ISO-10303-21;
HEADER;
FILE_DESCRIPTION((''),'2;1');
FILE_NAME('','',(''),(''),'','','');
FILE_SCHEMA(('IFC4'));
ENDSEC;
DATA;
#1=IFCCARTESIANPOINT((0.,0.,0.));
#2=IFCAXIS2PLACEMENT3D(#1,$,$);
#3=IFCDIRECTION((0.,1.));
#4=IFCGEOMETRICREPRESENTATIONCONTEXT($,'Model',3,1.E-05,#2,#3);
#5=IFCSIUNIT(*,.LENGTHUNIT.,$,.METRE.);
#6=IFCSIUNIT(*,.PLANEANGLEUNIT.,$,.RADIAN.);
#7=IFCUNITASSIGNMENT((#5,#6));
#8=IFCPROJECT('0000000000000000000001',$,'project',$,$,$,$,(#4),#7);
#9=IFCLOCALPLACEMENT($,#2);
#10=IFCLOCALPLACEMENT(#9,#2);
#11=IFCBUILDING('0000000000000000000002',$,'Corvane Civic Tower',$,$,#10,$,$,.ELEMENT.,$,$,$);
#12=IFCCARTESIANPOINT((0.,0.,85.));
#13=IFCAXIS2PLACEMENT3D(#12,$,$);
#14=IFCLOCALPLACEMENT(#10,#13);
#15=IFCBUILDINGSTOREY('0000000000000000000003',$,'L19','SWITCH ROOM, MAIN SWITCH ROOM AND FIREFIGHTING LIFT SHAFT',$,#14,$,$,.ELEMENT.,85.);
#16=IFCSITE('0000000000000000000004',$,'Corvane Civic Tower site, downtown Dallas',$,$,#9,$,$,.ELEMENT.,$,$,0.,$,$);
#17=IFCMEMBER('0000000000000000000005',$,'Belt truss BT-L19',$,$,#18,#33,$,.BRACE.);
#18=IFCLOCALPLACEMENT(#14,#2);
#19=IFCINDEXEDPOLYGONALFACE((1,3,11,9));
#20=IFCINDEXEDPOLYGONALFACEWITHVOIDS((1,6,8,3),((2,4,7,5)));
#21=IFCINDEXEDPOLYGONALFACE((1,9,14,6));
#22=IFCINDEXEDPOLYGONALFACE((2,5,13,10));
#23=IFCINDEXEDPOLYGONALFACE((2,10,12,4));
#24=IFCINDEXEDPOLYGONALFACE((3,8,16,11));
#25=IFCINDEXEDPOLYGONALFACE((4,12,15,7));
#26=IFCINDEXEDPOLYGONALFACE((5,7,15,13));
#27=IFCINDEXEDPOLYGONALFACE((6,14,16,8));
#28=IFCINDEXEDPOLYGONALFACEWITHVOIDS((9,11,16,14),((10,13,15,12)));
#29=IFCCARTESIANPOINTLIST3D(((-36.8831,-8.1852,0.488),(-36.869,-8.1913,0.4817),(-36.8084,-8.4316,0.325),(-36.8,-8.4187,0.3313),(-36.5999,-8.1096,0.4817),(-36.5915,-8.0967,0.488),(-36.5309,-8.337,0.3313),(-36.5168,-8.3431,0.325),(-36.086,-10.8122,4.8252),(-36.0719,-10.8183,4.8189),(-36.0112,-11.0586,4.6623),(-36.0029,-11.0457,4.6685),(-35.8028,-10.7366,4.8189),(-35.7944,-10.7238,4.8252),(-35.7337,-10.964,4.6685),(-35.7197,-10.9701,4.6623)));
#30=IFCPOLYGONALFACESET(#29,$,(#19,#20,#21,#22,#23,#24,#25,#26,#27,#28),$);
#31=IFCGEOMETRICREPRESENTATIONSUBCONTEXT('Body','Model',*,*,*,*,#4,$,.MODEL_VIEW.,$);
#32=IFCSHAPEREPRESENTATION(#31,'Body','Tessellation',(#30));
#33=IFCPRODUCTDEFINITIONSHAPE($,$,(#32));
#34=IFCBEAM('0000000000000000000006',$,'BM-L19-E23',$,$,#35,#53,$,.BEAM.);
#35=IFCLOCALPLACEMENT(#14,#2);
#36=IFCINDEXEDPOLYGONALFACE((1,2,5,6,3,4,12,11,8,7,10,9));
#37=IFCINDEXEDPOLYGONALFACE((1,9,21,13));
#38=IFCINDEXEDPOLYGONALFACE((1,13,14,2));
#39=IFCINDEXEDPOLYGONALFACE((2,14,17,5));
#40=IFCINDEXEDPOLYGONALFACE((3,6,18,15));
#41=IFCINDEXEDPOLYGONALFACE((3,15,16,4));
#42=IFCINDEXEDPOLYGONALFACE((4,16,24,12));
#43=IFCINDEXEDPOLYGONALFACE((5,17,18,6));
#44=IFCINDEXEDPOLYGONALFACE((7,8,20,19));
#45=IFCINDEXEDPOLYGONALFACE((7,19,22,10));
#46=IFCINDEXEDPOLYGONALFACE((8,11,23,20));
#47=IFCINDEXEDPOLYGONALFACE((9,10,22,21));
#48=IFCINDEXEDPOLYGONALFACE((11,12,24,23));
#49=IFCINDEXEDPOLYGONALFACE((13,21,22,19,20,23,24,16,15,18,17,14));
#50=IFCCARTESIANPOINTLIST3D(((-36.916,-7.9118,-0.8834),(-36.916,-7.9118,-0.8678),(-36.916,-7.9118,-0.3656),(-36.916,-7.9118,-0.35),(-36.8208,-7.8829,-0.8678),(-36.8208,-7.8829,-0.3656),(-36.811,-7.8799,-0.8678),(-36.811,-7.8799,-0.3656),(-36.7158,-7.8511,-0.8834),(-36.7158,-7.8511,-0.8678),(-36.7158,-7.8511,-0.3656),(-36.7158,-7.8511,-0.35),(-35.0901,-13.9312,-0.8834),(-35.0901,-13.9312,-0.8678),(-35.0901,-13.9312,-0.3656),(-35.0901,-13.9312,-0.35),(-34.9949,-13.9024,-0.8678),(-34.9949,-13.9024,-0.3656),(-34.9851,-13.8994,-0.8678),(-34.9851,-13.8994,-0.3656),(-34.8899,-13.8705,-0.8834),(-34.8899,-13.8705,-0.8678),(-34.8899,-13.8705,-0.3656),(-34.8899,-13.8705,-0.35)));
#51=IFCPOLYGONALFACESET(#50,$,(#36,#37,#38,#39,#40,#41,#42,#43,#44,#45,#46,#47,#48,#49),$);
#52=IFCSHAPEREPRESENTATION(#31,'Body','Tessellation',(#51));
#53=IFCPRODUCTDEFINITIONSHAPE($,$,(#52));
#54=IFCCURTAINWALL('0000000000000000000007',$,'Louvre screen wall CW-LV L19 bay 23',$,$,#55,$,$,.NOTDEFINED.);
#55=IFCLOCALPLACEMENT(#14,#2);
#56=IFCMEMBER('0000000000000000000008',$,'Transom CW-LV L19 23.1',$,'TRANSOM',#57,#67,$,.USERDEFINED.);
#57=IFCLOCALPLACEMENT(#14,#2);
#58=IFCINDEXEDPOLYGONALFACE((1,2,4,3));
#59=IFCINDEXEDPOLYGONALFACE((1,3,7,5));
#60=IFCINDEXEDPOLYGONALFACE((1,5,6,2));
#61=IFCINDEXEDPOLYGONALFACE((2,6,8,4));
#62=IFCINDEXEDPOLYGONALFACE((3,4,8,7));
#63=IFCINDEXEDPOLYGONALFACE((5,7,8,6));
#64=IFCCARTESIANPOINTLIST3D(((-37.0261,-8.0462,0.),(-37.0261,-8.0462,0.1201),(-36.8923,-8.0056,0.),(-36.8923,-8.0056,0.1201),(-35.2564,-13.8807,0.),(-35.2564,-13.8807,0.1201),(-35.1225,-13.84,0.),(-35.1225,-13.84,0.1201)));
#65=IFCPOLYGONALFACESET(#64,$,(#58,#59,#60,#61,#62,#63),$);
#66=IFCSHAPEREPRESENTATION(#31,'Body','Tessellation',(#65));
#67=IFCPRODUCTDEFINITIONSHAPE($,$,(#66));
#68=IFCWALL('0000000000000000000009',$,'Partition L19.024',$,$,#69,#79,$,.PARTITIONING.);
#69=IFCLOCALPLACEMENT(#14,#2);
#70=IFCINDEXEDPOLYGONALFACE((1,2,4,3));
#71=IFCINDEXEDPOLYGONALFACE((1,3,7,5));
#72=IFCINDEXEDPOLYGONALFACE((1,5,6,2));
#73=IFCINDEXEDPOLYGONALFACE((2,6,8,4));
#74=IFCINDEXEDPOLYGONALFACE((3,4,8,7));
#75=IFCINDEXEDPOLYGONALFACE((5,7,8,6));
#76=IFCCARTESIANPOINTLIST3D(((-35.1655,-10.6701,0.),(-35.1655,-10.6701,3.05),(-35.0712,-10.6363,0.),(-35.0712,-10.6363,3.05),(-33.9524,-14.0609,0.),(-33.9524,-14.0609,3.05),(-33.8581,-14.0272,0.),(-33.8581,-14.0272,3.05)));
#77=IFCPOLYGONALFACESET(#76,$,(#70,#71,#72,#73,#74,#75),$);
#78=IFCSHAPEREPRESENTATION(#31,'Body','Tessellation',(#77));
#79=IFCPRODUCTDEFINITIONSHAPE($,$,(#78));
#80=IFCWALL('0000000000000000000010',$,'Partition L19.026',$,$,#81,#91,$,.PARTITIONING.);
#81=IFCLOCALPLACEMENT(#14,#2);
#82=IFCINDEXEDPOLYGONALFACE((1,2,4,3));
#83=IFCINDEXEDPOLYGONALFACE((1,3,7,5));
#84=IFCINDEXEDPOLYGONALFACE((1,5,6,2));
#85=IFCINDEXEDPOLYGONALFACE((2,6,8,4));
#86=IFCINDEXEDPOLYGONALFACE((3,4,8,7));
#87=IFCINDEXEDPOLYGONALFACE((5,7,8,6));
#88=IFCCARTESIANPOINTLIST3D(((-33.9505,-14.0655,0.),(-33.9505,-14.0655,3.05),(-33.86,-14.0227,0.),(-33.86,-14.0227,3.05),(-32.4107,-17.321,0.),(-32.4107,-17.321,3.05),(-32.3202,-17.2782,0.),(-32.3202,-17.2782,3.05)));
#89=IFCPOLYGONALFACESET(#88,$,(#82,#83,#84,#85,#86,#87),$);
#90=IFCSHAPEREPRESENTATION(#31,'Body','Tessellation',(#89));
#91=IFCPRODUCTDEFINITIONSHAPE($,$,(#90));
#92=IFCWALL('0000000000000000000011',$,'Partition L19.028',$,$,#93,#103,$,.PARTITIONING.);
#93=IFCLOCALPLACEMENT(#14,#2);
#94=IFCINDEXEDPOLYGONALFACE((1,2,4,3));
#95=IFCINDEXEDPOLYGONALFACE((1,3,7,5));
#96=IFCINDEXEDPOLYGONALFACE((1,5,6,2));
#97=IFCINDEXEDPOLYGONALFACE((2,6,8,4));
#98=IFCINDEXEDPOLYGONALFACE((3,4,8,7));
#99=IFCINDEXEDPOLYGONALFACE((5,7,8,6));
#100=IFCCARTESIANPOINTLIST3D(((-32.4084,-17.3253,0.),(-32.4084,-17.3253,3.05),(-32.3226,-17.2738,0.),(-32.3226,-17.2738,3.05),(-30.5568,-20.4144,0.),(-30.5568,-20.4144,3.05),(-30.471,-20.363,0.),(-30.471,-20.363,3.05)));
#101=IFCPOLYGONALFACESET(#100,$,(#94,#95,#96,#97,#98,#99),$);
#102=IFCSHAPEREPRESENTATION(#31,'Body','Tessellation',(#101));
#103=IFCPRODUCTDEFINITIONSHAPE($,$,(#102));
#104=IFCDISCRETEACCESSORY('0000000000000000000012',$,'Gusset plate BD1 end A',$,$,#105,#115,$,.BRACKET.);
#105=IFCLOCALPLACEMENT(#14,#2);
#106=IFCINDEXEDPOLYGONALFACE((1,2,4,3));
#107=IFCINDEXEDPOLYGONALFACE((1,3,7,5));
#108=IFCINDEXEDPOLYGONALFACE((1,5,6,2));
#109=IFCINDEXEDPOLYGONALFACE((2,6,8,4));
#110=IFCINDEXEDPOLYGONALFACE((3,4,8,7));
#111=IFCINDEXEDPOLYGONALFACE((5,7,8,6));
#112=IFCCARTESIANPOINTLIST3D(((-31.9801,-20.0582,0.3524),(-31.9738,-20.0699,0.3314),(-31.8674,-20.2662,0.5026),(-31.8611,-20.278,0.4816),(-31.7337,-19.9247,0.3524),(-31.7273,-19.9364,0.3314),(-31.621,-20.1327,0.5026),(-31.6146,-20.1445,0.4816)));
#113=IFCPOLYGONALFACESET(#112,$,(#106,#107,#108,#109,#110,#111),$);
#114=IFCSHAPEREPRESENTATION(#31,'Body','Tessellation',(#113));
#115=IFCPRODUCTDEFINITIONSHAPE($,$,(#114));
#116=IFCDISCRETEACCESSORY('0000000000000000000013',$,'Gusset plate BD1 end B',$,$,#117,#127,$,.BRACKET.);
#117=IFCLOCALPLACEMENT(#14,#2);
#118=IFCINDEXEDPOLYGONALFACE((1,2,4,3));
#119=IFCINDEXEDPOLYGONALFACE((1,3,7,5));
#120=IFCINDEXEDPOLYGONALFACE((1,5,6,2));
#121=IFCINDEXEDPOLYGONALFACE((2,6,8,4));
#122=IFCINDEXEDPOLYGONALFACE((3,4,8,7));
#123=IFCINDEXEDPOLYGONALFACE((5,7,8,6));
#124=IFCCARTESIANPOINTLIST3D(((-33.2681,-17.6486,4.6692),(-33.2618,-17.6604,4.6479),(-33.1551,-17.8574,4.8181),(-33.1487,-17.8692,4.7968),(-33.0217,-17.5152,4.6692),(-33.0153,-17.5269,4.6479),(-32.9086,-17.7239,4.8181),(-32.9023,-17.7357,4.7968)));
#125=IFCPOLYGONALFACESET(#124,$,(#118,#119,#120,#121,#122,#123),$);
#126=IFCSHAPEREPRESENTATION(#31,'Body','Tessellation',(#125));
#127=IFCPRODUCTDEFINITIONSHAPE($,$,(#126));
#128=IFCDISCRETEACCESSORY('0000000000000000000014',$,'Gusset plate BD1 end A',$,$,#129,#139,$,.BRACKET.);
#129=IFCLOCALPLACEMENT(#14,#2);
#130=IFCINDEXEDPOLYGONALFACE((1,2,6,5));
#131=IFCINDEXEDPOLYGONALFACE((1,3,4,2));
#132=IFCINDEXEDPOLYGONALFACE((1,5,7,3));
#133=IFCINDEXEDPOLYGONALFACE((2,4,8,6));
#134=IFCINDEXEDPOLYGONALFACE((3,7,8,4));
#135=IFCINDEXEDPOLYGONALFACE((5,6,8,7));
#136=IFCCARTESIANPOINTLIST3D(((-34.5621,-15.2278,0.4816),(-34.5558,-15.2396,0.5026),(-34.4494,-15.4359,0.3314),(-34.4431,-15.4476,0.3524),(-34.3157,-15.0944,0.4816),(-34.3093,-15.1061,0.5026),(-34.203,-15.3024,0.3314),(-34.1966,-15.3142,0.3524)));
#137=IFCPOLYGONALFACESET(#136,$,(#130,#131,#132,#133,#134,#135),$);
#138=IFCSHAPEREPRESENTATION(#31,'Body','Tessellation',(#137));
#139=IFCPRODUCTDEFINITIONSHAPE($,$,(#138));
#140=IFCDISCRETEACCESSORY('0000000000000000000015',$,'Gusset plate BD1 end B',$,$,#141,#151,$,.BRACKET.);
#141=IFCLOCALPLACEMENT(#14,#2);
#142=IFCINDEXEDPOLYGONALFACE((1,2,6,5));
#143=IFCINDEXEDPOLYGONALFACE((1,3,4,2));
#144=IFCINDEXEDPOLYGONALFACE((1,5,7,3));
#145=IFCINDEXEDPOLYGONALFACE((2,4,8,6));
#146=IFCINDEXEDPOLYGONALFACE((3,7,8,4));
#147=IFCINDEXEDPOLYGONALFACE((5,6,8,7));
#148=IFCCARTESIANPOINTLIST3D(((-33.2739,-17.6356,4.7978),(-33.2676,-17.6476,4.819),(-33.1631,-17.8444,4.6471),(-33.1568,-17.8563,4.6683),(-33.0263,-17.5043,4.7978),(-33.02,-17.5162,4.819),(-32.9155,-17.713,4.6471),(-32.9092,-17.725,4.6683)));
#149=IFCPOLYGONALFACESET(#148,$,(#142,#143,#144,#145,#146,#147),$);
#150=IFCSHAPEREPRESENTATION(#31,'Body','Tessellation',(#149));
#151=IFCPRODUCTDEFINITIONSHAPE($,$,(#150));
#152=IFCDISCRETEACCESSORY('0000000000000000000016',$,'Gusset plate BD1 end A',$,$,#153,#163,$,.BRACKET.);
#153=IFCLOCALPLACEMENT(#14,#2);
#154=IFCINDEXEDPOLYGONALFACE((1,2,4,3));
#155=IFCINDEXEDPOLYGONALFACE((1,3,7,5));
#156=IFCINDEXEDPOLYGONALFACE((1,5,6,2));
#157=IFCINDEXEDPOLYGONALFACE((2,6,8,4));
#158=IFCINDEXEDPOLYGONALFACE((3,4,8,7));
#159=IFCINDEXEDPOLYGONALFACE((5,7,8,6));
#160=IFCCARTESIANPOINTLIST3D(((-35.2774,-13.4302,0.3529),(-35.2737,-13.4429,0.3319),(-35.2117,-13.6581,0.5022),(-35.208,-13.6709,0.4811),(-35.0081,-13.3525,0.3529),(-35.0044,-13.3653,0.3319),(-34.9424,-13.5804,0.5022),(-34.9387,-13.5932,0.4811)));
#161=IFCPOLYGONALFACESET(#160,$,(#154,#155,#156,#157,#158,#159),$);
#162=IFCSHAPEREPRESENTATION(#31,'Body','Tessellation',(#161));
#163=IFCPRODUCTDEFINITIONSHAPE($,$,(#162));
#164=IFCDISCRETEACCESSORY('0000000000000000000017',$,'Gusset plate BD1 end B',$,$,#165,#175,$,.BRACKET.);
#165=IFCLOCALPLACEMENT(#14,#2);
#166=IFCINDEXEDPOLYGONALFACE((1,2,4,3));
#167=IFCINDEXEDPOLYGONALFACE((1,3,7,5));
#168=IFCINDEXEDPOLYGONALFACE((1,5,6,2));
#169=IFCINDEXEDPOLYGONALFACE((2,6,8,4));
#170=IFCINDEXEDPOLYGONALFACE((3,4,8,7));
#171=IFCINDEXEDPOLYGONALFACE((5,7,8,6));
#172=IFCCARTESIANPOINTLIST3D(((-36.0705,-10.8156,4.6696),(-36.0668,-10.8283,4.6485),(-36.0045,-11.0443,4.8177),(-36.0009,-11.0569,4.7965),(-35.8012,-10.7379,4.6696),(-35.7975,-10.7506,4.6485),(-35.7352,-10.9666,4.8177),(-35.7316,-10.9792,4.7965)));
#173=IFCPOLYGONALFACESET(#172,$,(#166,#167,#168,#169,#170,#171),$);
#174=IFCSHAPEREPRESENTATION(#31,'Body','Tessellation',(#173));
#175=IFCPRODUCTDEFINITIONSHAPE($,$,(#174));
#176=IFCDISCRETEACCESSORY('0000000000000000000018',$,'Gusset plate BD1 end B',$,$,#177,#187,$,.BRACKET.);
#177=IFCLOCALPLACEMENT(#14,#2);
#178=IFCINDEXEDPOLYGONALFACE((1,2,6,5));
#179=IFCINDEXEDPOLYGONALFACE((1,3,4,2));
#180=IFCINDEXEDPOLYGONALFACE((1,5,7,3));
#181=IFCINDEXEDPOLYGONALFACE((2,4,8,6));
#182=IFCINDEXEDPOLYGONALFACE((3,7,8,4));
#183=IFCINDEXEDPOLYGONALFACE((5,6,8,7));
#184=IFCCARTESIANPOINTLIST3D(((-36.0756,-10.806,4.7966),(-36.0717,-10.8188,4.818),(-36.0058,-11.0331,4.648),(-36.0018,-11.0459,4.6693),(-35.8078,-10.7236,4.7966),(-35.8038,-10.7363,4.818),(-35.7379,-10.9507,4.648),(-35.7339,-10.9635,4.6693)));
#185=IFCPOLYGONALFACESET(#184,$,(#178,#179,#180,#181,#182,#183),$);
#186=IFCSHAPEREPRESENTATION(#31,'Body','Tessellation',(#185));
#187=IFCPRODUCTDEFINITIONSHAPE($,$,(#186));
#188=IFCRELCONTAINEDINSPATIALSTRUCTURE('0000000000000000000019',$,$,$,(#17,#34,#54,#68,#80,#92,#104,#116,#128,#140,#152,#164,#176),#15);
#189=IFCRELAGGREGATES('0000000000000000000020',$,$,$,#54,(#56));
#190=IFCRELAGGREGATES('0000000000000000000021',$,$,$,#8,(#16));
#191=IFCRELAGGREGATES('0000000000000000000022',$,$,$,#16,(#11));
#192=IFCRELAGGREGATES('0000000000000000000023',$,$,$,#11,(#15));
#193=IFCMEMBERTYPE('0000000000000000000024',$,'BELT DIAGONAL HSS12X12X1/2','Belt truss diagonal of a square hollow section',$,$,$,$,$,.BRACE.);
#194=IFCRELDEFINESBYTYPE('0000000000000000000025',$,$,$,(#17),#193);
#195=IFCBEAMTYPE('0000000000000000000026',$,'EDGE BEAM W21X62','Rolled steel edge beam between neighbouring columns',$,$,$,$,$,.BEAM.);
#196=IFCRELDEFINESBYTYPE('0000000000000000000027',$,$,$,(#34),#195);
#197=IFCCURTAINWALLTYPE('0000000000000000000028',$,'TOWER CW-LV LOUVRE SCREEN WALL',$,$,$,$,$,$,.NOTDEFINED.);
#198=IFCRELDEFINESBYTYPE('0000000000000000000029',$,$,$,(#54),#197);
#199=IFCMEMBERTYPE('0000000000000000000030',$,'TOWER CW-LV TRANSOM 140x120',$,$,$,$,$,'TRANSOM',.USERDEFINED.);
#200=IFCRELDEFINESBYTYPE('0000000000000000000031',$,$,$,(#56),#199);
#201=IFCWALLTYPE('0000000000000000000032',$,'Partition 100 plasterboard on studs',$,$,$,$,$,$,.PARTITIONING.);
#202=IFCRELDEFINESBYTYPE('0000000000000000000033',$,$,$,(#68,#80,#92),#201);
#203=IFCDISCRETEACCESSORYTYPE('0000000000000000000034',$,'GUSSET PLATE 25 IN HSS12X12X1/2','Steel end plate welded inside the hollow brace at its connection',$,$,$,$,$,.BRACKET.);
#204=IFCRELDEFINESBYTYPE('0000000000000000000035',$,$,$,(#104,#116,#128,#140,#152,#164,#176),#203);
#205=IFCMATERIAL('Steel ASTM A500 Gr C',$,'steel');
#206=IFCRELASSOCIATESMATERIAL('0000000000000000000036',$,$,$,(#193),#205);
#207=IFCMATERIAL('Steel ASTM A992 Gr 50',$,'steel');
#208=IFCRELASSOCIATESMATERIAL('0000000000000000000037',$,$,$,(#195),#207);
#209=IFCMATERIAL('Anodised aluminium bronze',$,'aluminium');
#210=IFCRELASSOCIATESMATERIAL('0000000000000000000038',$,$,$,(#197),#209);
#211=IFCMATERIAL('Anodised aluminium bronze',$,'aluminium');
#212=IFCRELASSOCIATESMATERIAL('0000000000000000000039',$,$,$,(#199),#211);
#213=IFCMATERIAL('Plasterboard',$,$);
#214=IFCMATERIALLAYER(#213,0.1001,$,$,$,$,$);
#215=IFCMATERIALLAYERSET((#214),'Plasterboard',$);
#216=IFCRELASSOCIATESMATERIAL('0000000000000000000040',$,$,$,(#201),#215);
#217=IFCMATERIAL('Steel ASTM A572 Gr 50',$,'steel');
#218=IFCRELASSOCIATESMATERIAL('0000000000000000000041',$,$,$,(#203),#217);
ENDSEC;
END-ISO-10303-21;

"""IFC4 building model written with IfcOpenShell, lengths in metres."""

from ifc_helpers import new_model, si_unit, direction, frame, frame_2d, origin, origin_2d, place, context, subcontext, project, spatial, rectangle, hollow_rectangle, i_section, extrude, material, layer, layer_set, material_profile, profile_set, type_object, element, aggregate, save


model = new_model("IFC4")

# Units and contexts
model_context = context("Model", 3, precision=1e-05, world=origin(), true_north=direction((0.0, 1.0)))
body_context = subcontext(model_context, "Body", "Model", "MODEL_VIEW")
ifc_project = project(units=[si_unit("LENGTHUNIT", "METRE"), si_unit("PLANEANGLEUNIT", "RADIAN")], contexts=[model_context])

# Site, building, storey
site_placement = place(None, origin())
site = spatial("IfcSite", under=ifc_project, at=site_placement, Name="Corvane Civic Tower site, downtown Dallas", CompositionType="ELEMENT", RefElevation=0.0)
building_placement = place(site_placement, origin())
building = spatial("IfcBuilding", under=site, at=building_placement, Name="Corvane Civic Tower", CompositionType="ELEMENT")
storey_placement = place(building_placement, frame((0.0, 0.0, 85.0)))
storey = spatial("IfcBuildingStorey", under=building, at=storey_placement, Name="L19", Description="SWITCH ROOM, MAIN SWITCH ROOM AND FIREFIGHTING LIFT SHAFT", CompositionType="ELEMENT", Elevation=85.0)

# Member
ifc_material_1 = material(Name="Steel ASTM A500 Gr C", Category="steel")
ifc_material_profile_1 = material_profile(ifc_material_1, hollow_rectangle(XDim=0.3047, YDim=0.3047, WallThickness=0.0117, at=origin_2d()), Name="HSS12X12X1/2")
ifc_profile_set_1 = profile_set([ifc_material_profile_1], Name="Steel ASTM A500 Gr C")
member_type_1 = type_object("IfcMemberType", Name="BELT DIAGONAL HSS12X12X1/2", Description="Belt truss diagonal of a square hollow section", PredefinedType="BRACE", material=ifc_profile_set_1)
member_1_placement = place(storey_placement, frame((-36.7, -8.2642, 0.4065), z_axis=(0.155294, -0.511782, 0.844963), x_axis=(0.956916, 0.290365, 0.0)))
element("IfcMember", 1, at=member_1_placement, inside=storey, type_object=member_type_1, Name="Belt truss BT-L19", PredefinedType="BRACE", context=body_context, shape_type="SweptSolid", body=[
    extrude(hollow_rectangle(XDim=0.3047, YDim=0.3047, WallThickness=0.0117, at=origin_2d()), origin(), (0.0, 0.0, 1.0), 5.1331),
])

# Beam
ifc_material_2 = material(Name="Steel ASTM A992 Gr 50", Category="steel")
ifc_material_profile_2 = material_profile(ifc_material_2, i_section(OverallWidth=0.2092, OverallDepth=0.5334, WebThickness=0.0103, FlangeThickness=0.0156, at=origin_2d()), Name="W21X62")
ifc_profile_set_2 = profile_set([ifc_material_profile_2], Name="Steel ASTM A992 Gr 50")
beam_type = type_object("IfcBeamType", Name="EDGE BEAM W21X62", Description="Rolled steel edge beam between neighbouring columns", PredefinedType="BEAM", material=ifc_profile_set_2)
beam_placement = place(storey_placement, frame((-34.99, -13.9009, -0.6167), z_axis=(-0.290273, 0.956944, 0.0), x_axis=(-0.956944, -0.290273, 0.0)))
element("IfcBeam", 2, at=beam_placement, inside=storey, type_object=beam_type, Name="BM-L19-E23", PredefinedType="BEAM", context=body_context, shape_type="SweptSolid", body=[
    extrude(i_section(OverallWidth=0.2092, OverallDepth=0.5334, WebThickness=0.0103, FlangeThickness=0.0156, at=origin_2d()), origin(), (0.0, 0.0, 1.0), 6.2903),
])

# Curtain wall, member
ifc_material_3 = material(Name="Anodised aluminium bronze", Category="aluminium")
curtain_wall_type = type_object("IfcCurtainWallType", Name="TOWER CW-LV LOUVRE SCREEN WALL", PredefinedType="NOTDEFINED", material=ifc_material_3)
curtain_wall_placement = place(storey_placement, origin())
curtain_wall = element("IfcCurtainWall", 3, at=curtain_wall_placement, inside=storey, type_object=curtain_wall_type, Name="Louvre screen wall CW-LV L19 bay 23", PredefinedType="NOTDEFINED")
ifc_material_4 = material(Name="Anodised aluminium bronze", Category="aluminium")
ifc_material_profile_3 = material_profile(ifc_material_4, rectangle(XDim=0.1399, YDim=0.1201, at=origin_2d()), Name="TOWER CW-LV TRANSOM 140x120")
ifc_profile_set_3 = profile_set([ifc_material_profile_3], Name="Anodised aluminium bronze")
member_type_2 = type_object("IfcMemberType", Name="TOWER CW-LV TRANSOM 140x120", ElementType="TRANSOM", PredefinedType="USERDEFINED", material=ifc_profile_set_3)
member_2_placement = place(storey_placement, frame((-35.1895, -13.8604, 0.0601), z_axis=(-0.290271, 0.956945, 0.0), x_axis=(-0.956945, -0.290271, 0.0)))
member_2 = element("IfcMember", 4, at=member_2_placement, type_object=member_type_2, Name="Transom CW-LV L19 23.1", ObjectType="TRANSOM", PredefinedType="USERDEFINED", context=body_context, shape_type="SweptSolid", body=[
    extrude(rectangle(XDim=0.1399, YDim=0.1201, at=origin_2d()), origin(), (0.0, 0.0, 1.0), 6.0969),
])

# Walls
ifc_material_5 = material(Name="Plasterboard")
ifc_layer = layer(ifc_material_5, 0.1001)
ifc_layer_set = layer_set([ifc_layer], Name="Plasterboard")
wall_type = type_object("IfcWallType", Name="Partition 100 plasterboard on studs", PredefinedType="PARTITIONING", material=ifc_layer_set)
for number, where, z_axis, x_axis, name in (
    (5, (-35.1184, -10.6531, 0.0), (0.0, 0.0, 1.0), (0.336856, -0.941556, 0.0), "Partition L19.024"),
    (6, (-33.9053, -14.0439, 0.0), (0.0, 0.0, 1.0), (0.427556, -0.903989, 0.0), "Partition L19.026"),
):
    element("IfcWall", number, at=place(storey_placement, frame(where, z_axis=z_axis, x_axis=x_axis)), inside=storey, type_object=wall_type, Name=name, PredefinedType="PARTITIONING", context=body_context, shape_type="SweptSolid", body=[
        extrude(rectangle(XDim=3.6013, YDim=0.1001, at=frame_2d((1.8008, 0.0))), origin(), (0.0, 0.0, 1.0), 3.05),
    ])
wall_placement = place(storey_placement, frame((-32.3655, -17.2996, 0.0), z_axis=(0.0, 0.0, 1.0), x_axis=(0.514107, -0.857726, 0.0)))
element("IfcWall", 7, at=wall_placement, inside=storey, type_object=wall_type, Name="Partition L19.028", PredefinedType="PARTITIONING", context=body_context, shape_type="SweptSolid", body=[
    extrude(rectangle(XDim=3.6016, YDim=0.1001, at=frame_2d((1.8008, 0.0))), origin(), (0.0, 0.0, 1.0), 3.05),
])

aggregate(curtain_wall, [member_2])

# Discrete accessories
ifc_material_6 = material(Name="Steel ASTM A572 Gr 50", Category="steel")
ifc_material_profile_4 = material_profile(ifc_material_6, rectangle(XDim=0.2803, YDim=0.2803, at=origin_2d()), Name="GUSSET PLATE 25 IN HSS12X12X1/2")
ifc_profile_set_4 = profile_set([ifc_material_profile_4], Name="Steel ASTM A572 Gr 50")
discrete_accessory_type = type_object("IfcDiscreteAccessoryType", Name="GUSSET PLATE 25 IN HSS12X12X1/2", Description="Steel end plate welded inside the hollow brace at its connection", PredefinedType="BRACKET", material=ifc_profile_set_4)
discrete_accessory_1_placement = place(storey_placement, frame((-31.7942, -20.1072, 0.4065), z_axis=(-0.255246, 0.471223, 0.844274), x_axis=(-0.879292, -0.476283, 0.0)))
element("IfcDiscreteAccessory", 8, at=discrete_accessory_1_placement, inside=storey, type_object=discrete_accessory_type, Name="Gusset plate BD1 end A", PredefinedType="BRACKET", context=body_context, shape_type="SweptSolid", body=[
    extrude(rectangle(XDim=0.2803, YDim=0.2803, at=origin_2d()), origin(), (0.0, 0.0, 1.0), 0.0249),
])
discrete_accessory_2_placement = place(storey_placement, frame((-33.0884, -17.6863, 4.7437), z_axis=(0.253144, -0.467343, -0.847059), x_axis=(0.879292, 0.476283, 0.0)))
element("IfcDiscreteAccessory", 9, at=discrete_accessory_2_placement, inside=storey, type_object=discrete_accessory_type, Name="Gusset plate BD1 end B", PredefinedType="BRACKET", context=body_context, shape_type="SweptSolid", body=[
    extrude(rectangle(XDim=0.2803, YDim=0.2803, at=origin_2d()), origin(), (0.0, 0.0, 1.0), 0.0251),
])
discrete_accessory_3_placement = place(storey_placement, frame((-34.3826, -15.2651, 0.4065), z_axis=(0.255246, -0.471223, 0.844274), x_axis=(0.879292, 0.476283, 0.0)))
element("IfcDiscreteAccessory", 10, at=discrete_accessory_3_placement, inside=storey, type_object=discrete_accessory_type, Name="Gusset plate BD1 end A", PredefinedType="BRACKET", context=body_context, shape_type="SweptSolid", body=[
    extrude(rectangle(XDim=0.2803, YDim=0.2803, at=origin_2d()), origin(), (0.0, 0.0, 1.0), 0.0249),
])
discrete_accessory_4_placement = place(storey_placement, frame((-33.0884, -17.6863, 4.7437), z_axis=(-0.251988, 0.474901, -0.843191), x_axis=(-0.883349, -0.468716, 0.0)))
element("IfcDiscreteAccessory", 11, at=discrete_accessory_4_placement, inside=storey, type_object=discrete_accessory_type, Name="Gusset plate BD1 end B", PredefinedType="BRACKET", context=body_context, shape_type="SweptSolid", body=[
    extrude(rectangle(XDim=0.2803, YDim=0.2803, at=origin_2d()), origin(), (0.0, 0.0, 1.0), 0.0251),
])
for number, where, z_axis, x_axis, name in (
    (12, (-35.1062, -13.5181, 0.4065), (-0.14762, 0.511751, 0.846357), (-0.960824, -0.277161, 0.0), "Gusset plate BD1 end A"),
    (13, (-35.9028, -10.8911, 4.7437), (0.146399, -0.507516, -0.849114), (0.960824, 0.277161, 0.0), "Gusset plate BD1 end B"),
):
    element("IfcDiscreteAccessory", number, at=place(storey_placement, frame(where, z_axis=z_axis, x_axis=x_axis)), inside=storey, type_object=discrete_accessory_type, Name=name, PredefinedType="BRACKET", context=body_context, shape_type="SweptSolid", body=[
        extrude(rectangle(XDim=0.2803, YDim=0.2803, at=origin_2d()), origin(), (0.0, 0.0, 1.0), 0.0249),
    ])
discrete_accessory_5_placement = place(storey_placement, frame((-35.9028, -10.8911, 4.7437), z_axis=(-0.155929, 0.506769, -0.847863), x_axis=(-0.955779, -0.294086, 0.0)))
element("IfcDiscreteAccessory", 14, at=discrete_accessory_5_placement, inside=storey, type_object=discrete_accessory_type, Name="Gusset plate BD1 end B", PredefinedType="BRACKET", context=body_context, shape_type="SweptSolid", body=[
    extrude(rectangle(XDim=0.2803, YDim=0.2803, at=origin_2d()), origin(), (0.0, 0.0, 1.0), 0.0251),
])

save(model, "model.ifc")
